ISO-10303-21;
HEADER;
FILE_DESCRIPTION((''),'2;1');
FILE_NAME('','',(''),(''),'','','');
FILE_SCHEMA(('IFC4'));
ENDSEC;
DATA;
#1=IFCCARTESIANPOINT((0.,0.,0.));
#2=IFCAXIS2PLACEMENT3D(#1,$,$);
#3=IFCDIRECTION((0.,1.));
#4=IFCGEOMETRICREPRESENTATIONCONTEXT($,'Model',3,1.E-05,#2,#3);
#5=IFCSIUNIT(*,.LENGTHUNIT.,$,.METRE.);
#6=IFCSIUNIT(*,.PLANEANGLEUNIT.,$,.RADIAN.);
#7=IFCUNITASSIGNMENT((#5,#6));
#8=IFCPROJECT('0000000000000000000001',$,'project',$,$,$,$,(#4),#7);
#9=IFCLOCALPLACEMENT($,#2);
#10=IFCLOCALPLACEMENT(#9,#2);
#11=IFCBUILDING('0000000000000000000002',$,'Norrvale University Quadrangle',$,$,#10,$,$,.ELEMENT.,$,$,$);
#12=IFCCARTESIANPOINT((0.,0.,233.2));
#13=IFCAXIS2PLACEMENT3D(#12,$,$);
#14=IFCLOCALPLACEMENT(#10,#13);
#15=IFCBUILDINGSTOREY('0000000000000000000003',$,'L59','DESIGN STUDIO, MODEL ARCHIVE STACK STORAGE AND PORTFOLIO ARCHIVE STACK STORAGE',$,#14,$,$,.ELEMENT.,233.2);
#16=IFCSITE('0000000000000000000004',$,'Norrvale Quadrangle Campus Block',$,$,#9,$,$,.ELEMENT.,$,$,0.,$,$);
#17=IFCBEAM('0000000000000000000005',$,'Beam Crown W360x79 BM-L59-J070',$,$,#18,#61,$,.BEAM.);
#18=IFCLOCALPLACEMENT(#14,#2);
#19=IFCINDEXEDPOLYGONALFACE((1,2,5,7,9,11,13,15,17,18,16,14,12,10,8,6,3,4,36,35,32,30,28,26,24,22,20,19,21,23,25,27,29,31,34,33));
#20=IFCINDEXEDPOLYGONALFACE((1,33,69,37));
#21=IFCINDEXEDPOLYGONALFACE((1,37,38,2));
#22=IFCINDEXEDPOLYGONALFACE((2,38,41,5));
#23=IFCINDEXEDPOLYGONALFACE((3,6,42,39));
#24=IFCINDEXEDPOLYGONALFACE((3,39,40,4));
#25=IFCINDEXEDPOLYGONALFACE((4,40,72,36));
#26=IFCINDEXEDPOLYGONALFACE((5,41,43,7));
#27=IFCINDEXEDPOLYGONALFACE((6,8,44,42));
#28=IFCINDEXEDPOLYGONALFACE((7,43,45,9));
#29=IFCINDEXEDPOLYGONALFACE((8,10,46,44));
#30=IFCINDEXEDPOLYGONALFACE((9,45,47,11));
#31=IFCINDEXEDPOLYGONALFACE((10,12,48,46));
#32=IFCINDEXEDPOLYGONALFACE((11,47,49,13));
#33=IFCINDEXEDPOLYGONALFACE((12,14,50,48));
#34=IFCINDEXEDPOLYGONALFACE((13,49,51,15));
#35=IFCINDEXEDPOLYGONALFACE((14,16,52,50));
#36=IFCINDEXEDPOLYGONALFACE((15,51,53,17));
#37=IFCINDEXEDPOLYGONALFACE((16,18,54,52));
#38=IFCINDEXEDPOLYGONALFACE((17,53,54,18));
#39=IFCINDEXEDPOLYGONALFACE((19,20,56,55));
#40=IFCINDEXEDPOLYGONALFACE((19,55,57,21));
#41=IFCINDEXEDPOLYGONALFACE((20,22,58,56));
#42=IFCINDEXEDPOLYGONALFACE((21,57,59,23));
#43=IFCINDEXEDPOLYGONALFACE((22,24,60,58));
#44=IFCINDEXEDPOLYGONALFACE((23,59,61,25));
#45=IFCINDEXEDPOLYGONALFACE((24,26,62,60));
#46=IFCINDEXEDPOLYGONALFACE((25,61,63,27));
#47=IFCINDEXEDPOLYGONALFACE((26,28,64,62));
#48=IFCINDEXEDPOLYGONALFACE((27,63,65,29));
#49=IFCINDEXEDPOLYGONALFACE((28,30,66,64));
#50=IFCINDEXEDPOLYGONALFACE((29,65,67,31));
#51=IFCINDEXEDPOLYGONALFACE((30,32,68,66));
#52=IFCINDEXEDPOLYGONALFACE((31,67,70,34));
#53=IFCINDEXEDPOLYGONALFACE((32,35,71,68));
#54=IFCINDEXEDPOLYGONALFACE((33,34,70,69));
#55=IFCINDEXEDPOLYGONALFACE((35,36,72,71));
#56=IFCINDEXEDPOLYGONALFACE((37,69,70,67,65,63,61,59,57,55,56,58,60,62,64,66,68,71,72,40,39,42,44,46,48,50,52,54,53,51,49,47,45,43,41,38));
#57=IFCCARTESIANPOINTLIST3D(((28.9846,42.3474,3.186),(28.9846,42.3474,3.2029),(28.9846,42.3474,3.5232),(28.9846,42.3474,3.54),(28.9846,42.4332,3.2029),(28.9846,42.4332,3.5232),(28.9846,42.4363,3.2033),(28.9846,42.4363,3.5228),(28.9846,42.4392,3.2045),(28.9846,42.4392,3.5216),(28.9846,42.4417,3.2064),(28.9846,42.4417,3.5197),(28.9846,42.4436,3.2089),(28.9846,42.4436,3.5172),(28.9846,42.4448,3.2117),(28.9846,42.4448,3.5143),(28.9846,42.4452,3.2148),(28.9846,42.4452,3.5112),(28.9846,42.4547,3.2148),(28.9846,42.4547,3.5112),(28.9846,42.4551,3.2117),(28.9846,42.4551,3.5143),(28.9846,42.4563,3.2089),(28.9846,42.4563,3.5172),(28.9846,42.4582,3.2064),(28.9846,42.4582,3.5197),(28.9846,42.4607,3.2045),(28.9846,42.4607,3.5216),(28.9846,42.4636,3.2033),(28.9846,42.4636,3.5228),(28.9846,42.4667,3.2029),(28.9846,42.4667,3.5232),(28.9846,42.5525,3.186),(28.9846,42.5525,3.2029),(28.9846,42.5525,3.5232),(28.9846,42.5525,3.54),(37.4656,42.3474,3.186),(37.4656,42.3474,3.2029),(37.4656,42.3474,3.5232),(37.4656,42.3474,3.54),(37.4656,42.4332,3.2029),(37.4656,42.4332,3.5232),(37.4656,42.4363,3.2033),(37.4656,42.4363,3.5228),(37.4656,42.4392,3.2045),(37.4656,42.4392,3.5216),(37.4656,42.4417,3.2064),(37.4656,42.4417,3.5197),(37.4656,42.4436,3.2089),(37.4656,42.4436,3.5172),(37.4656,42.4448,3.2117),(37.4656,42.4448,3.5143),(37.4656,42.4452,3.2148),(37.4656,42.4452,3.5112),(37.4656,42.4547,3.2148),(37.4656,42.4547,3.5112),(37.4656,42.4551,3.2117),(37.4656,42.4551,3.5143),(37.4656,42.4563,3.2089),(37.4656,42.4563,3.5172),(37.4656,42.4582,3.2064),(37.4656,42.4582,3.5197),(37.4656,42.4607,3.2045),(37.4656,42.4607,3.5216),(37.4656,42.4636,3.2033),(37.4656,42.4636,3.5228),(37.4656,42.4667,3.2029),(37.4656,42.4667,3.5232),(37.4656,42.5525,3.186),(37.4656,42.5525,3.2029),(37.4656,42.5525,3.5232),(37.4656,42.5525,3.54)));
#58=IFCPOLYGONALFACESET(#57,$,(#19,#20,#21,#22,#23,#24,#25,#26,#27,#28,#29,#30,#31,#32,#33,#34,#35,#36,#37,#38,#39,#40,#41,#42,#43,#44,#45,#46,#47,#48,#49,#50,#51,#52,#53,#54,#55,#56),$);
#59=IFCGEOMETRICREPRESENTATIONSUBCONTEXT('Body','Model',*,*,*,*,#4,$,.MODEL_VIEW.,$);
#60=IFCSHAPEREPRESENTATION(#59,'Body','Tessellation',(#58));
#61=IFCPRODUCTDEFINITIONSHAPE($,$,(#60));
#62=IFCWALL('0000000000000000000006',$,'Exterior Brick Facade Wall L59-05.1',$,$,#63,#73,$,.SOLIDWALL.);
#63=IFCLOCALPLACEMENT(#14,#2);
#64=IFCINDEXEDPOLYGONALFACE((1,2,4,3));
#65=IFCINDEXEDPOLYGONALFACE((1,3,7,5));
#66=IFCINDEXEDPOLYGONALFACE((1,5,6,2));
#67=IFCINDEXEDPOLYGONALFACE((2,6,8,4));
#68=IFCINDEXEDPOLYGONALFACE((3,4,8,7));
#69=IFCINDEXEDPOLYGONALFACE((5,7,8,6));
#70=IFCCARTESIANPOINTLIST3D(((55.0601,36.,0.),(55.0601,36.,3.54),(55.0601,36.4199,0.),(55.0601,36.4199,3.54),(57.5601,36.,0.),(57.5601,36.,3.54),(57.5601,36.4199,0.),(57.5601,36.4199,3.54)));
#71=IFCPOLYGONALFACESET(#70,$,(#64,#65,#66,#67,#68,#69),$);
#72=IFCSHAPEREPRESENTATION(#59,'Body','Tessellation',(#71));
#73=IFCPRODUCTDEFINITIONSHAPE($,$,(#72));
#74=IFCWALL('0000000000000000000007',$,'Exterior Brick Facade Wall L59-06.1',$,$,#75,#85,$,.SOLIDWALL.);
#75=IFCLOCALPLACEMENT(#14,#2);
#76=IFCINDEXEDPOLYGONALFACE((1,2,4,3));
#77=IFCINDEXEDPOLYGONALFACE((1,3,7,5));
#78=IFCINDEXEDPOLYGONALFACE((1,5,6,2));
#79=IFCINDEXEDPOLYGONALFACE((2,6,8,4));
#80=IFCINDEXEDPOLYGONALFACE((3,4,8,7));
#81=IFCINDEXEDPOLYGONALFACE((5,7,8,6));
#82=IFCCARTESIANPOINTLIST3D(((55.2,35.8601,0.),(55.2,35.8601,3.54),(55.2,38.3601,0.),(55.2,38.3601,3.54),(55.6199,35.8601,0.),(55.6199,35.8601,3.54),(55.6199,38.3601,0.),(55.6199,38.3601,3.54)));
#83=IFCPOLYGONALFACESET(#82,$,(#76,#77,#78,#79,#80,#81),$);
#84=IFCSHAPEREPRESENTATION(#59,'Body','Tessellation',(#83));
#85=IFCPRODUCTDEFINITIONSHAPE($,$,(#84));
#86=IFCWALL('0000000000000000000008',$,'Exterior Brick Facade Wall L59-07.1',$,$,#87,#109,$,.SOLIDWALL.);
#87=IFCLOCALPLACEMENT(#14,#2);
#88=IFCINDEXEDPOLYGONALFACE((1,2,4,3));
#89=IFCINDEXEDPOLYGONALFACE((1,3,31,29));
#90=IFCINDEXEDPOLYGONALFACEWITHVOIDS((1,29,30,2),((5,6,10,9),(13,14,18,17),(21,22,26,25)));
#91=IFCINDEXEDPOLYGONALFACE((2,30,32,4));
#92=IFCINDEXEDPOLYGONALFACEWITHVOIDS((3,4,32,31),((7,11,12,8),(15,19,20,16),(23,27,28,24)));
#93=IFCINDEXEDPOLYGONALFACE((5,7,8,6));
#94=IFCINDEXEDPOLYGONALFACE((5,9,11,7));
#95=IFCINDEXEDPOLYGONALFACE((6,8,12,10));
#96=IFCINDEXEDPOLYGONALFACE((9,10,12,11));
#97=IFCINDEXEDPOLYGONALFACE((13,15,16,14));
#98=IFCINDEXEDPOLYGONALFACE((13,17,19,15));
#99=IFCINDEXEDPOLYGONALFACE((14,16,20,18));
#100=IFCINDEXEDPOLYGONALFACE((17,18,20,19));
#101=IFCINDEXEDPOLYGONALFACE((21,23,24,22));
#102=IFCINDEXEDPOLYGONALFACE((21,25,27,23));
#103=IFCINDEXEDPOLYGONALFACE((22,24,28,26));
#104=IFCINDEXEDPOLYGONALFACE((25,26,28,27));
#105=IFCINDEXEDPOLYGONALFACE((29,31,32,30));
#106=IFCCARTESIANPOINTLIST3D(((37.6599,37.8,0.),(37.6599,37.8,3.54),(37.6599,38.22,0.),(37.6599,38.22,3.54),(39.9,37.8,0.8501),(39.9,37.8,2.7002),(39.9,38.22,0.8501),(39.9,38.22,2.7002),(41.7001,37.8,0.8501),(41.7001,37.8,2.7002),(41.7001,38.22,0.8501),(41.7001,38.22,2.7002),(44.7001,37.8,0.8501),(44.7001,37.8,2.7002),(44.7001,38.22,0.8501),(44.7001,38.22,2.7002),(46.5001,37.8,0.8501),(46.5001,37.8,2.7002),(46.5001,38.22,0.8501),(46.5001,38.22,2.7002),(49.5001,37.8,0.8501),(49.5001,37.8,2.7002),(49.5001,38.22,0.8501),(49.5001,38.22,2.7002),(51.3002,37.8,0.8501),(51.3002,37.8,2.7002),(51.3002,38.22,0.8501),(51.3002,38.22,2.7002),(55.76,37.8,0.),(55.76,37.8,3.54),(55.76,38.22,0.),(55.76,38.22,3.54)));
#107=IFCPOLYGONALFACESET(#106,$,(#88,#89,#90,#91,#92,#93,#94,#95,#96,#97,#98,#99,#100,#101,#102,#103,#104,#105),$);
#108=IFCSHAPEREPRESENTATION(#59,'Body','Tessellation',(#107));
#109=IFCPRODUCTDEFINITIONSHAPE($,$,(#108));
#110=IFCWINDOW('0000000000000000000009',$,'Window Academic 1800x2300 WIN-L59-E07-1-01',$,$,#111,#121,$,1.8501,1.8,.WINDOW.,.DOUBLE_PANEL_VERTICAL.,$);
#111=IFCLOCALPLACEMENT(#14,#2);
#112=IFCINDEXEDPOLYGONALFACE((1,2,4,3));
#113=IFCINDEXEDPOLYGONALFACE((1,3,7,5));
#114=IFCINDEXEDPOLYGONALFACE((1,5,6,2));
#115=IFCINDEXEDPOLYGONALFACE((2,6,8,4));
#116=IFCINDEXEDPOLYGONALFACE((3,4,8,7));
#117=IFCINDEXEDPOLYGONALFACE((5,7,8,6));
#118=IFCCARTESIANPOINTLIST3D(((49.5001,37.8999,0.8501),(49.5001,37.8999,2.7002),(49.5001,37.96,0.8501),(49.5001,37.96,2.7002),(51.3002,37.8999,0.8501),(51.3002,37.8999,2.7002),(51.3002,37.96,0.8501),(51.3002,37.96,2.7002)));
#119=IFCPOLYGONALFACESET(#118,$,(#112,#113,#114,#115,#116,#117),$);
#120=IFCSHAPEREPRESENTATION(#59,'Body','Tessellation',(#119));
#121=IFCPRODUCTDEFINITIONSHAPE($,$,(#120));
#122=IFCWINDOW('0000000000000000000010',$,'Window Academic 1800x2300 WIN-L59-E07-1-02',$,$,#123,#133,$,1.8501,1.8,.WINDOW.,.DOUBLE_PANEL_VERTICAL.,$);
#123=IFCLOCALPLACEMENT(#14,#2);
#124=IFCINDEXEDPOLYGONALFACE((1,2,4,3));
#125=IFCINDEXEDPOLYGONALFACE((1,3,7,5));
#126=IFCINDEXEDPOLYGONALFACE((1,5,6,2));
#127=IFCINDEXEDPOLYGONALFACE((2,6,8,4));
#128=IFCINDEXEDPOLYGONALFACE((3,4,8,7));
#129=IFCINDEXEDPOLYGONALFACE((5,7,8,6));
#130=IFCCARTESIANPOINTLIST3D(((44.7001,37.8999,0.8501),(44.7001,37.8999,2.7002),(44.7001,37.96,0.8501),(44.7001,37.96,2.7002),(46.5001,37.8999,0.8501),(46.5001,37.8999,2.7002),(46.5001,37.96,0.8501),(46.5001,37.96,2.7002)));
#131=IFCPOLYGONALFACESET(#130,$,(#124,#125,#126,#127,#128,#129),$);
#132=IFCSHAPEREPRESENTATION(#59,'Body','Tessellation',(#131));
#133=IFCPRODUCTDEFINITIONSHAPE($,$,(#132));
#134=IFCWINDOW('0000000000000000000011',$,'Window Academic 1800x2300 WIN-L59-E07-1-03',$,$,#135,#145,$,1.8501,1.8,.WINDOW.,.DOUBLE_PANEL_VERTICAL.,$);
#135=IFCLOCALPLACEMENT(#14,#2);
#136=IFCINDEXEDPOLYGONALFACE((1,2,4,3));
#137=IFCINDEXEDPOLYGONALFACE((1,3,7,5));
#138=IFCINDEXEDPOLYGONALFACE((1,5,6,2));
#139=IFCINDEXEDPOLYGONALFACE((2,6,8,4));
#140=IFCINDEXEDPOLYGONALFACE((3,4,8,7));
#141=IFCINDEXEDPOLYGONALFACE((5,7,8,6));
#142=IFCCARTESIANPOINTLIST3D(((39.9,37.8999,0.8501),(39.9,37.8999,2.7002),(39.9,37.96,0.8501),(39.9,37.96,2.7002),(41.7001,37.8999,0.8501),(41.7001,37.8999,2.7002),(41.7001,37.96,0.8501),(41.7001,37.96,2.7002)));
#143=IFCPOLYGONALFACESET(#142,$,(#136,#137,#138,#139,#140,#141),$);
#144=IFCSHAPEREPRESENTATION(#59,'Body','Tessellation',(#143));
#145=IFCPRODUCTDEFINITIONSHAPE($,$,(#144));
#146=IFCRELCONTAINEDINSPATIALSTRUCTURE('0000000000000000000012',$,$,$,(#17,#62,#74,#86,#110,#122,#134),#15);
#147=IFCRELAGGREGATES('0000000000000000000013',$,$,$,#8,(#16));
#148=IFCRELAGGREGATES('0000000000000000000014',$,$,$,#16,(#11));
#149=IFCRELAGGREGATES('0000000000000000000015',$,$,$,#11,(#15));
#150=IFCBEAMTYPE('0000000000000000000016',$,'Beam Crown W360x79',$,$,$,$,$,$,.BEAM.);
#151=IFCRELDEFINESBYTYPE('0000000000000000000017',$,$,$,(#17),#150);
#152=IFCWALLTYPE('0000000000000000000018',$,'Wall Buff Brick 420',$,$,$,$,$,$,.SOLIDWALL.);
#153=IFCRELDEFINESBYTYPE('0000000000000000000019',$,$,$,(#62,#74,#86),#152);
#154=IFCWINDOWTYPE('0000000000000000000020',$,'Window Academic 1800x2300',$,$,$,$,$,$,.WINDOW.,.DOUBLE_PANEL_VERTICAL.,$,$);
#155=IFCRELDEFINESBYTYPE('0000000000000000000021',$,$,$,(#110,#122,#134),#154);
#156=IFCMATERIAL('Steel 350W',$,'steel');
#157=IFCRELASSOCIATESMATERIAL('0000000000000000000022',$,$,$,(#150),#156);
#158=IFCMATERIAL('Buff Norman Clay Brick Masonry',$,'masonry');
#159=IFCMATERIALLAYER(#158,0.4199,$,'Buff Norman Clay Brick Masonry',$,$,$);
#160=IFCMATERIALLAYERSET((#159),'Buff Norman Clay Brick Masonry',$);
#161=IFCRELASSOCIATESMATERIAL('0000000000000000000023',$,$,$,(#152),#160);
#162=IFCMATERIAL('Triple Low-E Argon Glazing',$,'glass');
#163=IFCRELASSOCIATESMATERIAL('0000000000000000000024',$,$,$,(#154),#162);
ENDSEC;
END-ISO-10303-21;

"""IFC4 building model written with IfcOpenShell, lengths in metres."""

from ifc_helpers import new_model, si_unit, direction, frame, frame_2d, origin, origin_2d, place, context, subcontext, project, spatial, rectangle, i_section, extrude, material, layer, layer_set, material_profile, profile_set, type_object, element, fill, save


model = new_model("IFC4")

# Units and contexts
model_context = context("Model", 3, precision=1e-05, world=origin(), true_north=direction((0.0, 1.0)))
body_context = subcontext(model_context, "Body", "Model", "MODEL_VIEW")
ifc_project = project(units=[si_unit("LENGTHUNIT", "METRE"), si_unit("PLANEANGLEUNIT", "RADIAN")], contexts=[model_context])

# Site, building, storey
site_placement = place(None, origin())
site = spatial("IfcSite", under=ifc_project, at=site_placement, Name="Norrvale Quadrangle Campus Block", CompositionType="ELEMENT", RefElevation=0.0)
building_placement = place(site_placement, origin())
building = spatial("IfcBuilding", under=site, at=building_placement, Name="Norrvale University Quadrangle", CompositionType="ELEMENT")
storey_placement = place(building_placement, frame((0.0, 0.0, 233.2)))
storey = spatial("IfcBuildingStorey", under=building, at=storey_placement, Name="L59", Description="DESIGN STUDIO, MODEL ARCHIVE STACK STORAGE AND PORTFOLIO ARCHIVE STACK STORAGE", CompositionType="ELEMENT", Elevation=233.2)

# Beam
ifc_material_1 = material(Name="Steel 350W", Category="steel")
ifc_material_profile_1 = material_profile(ifc_material_1, i_section(OverallWidth=0.2051, OverallDepth=0.354, WebThickness=0.0095, FlangeThickness=0.0168, FilletRadius=0.012, at=origin_2d()), Name="Steel 350W")
ifc_profile_set_1 = profile_set([ifc_material_profile_1], Name="Steel 350W")
beam_type_1 = type_object("IfcBeamType", Name="Beam Crown W360x79", PredefinedType="BEAM", material=ifc_profile_set_1)
beam_placement = place(storey_placement, frame((28.9846, 42.45, 3.363), z_axis=(1.0, 0.0, 0.0), x_axis=(0.0, 1.0, 0.0)))
element("IfcBeam", 1, at=beam_placement, inside=storey, type_object=beam_type_1, Name="Beam Crown W360x79 BM-L59-J070", PredefinedType="BEAM", context=body_context, shape_type="SweptSolid", body=[
    extrude(i_section(OverallWidth=0.2051, OverallDepth=0.354, WebThickness=0.0095, FlangeThickness=0.0168, FilletRadius=0.012, at=origin_2d()), origin(), (0.0, 0.0, 1.0), 8.481),
])

# Walls
ifc_material_2 = material(Name="Buff Norman Clay Brick Masonry", Category="masonry")
ifc_layer_1 = layer(ifc_material_2, 0.4199, Name="Buff Norman Clay Brick Masonry")
ifc_layer_set_1 = layer_set([ifc_layer_1], Name="Buff Norman Clay Brick Masonry")
wall_type_1 = type_object("IfcWallType", Name="Wall Buff Brick 420", PredefinedType="SOLIDWALL", material=ifc_layer_set_1)
for number, where, z_axis, x_axis, name in (
    (2, (57.5601, 36.21, 0.0), (0.0, 0.0, 1.0), (-1.0, 0.0, 0.0), "Exterior Brick Facade Wall L59-05.1"),
    (3, (55.4099, 35.8601, 0.0), (0.0, 0.0, 1.0), (0.0, 1.0, 0.0), "Exterior Brick Facade Wall L59-06.1"),
):
    element("IfcWall", number, at=place(storey_placement, frame(where, z_axis=z_axis, x_axis=x_axis)), inside=storey, type_object=wall_type_1, Name=name, PredefinedType="SOLIDWALL", context=body_context, shape_type="SweptSolid", body=[
        extrude(rectangle(XDim=2.5, YDim=0.4199, at=frame_2d((1.25, 0.0))), origin(), (0.0, 0.0, 1.0), 3.54),
    ])

# Wall, openings, windows
wall_1_placement = place(storey_placement, frame((55.76, 38.01, 0.0), z_axis=(0.0, 0.0, 1.0), x_axis=(-1.0, 0.0, 0.0)))
wall_1 = element("IfcWall", 4, at=wall_1_placement, inside=storey, type_object=wall_type_1, Name="Exterior Brick Facade Wall L59-07.1", PredefinedType="SOLIDWALL", context=body_context, shape_type="SweptSolid", body=[
    extrude(rectangle(XDim=18.1001, YDim=0.4199, at=frame_2d((9.05, 0.0))), origin(), (0.0, 0.0, 1.0), 3.54),
])
opening_1_placement = place(wall_1_placement, frame((4.46, 0.0, 0.8501)))
opening_1 = element("IfcOpeningElement", 5, at=opening_1_placement, cuts=wall_1, PredefinedType="OPENING", context=body_context, shape_type="SweptSolid", body=[
    extrude(rectangle(XDim=1.8, YDim=1.8501, at=frame_2d((0.8999, 0.925))), frame((0.0, 0.2219, 0.0), z_axis=(0.0, -1.0, 0.0), x_axis=(1.0, 0.0, 0.0)), (0.0, 0.0, 1.0), 0.4438),
])
opening_2_placement = place(wall_1_placement, frame((9.26, 0.0, 0.8501)))
opening_2 = element("IfcOpeningElement", 6, at=opening_2_placement, cuts=wall_1, PredefinedType="OPENING", context=body_context, shape_type="SweptSolid", body=[
    extrude(rectangle(XDim=1.8, YDim=1.8501, at=frame_2d((0.8999, 0.925))), frame((0.0, 0.2219, 0.0), z_axis=(0.0, -1.0, 0.0), x_axis=(1.0, 0.0, 0.0)), (0.0, 0.0, 1.0), 0.4438),
])
opening_3_placement = place(wall_1_placement, frame((14.0601, 0.0, 0.8501)))
opening_3 = element("IfcOpeningElement", 7, at=opening_3_placement, cuts=wall_1, PredefinedType="OPENING", context=body_context, shape_type="SweptSolid", body=[
    extrude(rectangle(XDim=1.8, YDim=1.8501, at=frame_2d((0.8999, 0.925))), frame((0.0, 0.2219, 0.0), z_axis=(0.0, -1.0, 0.0), x_axis=(1.0, 0.0, 0.0)), (0.0, 0.0, 1.0), 0.4438),
])
ifc_material_3 = material(Name="Triple Low-E Argon Glazing", Category="glass")
window_type_1 = type_object("IfcWindowType", Name="Window Academic 1800x2300", PartitioningType="DOUBLE_PANEL_VERTICAL", PredefinedType="WINDOW", material=ifc_material_3)
window_1_placement = place(opening_1_placement, origin())
window_1 = element("IfcWindow", 8, at=window_1_placement, inside=storey, type_object=window_type_1, Name="Window Academic 1800x2300 WIN-L59-E07-1-01", OverallHeight=1.8501, OverallWidth=1.8, PartitioningType="DOUBLE_PANEL_VERTICAL", PredefinedType="WINDOW", context=body_context, shape_type="SweptSolid", body=[
    extrude(rectangle(XDim=1.8, YDim=1.8501, at=frame_2d((0.8999, 0.925))), frame((0.0, 0.1101, 0.0), z_axis=(0.0, -1.0, 0.0), x_axis=(1.0, 0.0, 0.0)), (0.0, 0.0, 1.0), 0.0601),
])
fill(opening_1, window_1)
window_2_placement = place(opening_2_placement, origin())
window_2 = element("IfcWindow", 9, at=window_2_placement, inside=storey, type_object=window_type_1, Name="Window Academic 1800x2300 WIN-L59-E07-1-02", OverallHeight=1.8501, OverallWidth=1.8, PartitioningType="DOUBLE_PANEL_VERTICAL", PredefinedType="WINDOW", context=body_context, shape_type="SweptSolid", body=[
    extrude(rectangle(XDim=1.8, YDim=1.8501, at=frame_2d((0.8999, 0.925))), frame((0.0, 0.1101, 0.0), z_axis=(0.0, -1.0, 0.0), x_axis=(1.0, 0.0, 0.0)), (0.0, 0.0, 1.0), 0.0601),
])
fill(opening_2, window_2)
window_3_placement = place(opening_3_placement, origin())
window_3 = element("IfcWindow", 10, at=window_3_placement, inside=storey, type_object=window_type_1, Name="Window Academic 1800x2300 WIN-L59-E07-1-03", OverallHeight=1.8501, OverallWidth=1.8, PartitioningType="DOUBLE_PANEL_VERTICAL", PredefinedType="WINDOW", context=body_context, shape_type="SweptSolid", body=[
    extrude(rectangle(XDim=1.8, YDim=1.8501, at=frame_2d((0.8999, 0.925))), frame((0.0, 0.1101, 0.0), z_axis=(0.0, -1.0, 0.0), x_axis=(1.0, 0.0, 0.0)), (0.0, 0.0, 1.0), 0.0601),
])
fill(opening_3, window_3)

save(model, "model.ifc")
